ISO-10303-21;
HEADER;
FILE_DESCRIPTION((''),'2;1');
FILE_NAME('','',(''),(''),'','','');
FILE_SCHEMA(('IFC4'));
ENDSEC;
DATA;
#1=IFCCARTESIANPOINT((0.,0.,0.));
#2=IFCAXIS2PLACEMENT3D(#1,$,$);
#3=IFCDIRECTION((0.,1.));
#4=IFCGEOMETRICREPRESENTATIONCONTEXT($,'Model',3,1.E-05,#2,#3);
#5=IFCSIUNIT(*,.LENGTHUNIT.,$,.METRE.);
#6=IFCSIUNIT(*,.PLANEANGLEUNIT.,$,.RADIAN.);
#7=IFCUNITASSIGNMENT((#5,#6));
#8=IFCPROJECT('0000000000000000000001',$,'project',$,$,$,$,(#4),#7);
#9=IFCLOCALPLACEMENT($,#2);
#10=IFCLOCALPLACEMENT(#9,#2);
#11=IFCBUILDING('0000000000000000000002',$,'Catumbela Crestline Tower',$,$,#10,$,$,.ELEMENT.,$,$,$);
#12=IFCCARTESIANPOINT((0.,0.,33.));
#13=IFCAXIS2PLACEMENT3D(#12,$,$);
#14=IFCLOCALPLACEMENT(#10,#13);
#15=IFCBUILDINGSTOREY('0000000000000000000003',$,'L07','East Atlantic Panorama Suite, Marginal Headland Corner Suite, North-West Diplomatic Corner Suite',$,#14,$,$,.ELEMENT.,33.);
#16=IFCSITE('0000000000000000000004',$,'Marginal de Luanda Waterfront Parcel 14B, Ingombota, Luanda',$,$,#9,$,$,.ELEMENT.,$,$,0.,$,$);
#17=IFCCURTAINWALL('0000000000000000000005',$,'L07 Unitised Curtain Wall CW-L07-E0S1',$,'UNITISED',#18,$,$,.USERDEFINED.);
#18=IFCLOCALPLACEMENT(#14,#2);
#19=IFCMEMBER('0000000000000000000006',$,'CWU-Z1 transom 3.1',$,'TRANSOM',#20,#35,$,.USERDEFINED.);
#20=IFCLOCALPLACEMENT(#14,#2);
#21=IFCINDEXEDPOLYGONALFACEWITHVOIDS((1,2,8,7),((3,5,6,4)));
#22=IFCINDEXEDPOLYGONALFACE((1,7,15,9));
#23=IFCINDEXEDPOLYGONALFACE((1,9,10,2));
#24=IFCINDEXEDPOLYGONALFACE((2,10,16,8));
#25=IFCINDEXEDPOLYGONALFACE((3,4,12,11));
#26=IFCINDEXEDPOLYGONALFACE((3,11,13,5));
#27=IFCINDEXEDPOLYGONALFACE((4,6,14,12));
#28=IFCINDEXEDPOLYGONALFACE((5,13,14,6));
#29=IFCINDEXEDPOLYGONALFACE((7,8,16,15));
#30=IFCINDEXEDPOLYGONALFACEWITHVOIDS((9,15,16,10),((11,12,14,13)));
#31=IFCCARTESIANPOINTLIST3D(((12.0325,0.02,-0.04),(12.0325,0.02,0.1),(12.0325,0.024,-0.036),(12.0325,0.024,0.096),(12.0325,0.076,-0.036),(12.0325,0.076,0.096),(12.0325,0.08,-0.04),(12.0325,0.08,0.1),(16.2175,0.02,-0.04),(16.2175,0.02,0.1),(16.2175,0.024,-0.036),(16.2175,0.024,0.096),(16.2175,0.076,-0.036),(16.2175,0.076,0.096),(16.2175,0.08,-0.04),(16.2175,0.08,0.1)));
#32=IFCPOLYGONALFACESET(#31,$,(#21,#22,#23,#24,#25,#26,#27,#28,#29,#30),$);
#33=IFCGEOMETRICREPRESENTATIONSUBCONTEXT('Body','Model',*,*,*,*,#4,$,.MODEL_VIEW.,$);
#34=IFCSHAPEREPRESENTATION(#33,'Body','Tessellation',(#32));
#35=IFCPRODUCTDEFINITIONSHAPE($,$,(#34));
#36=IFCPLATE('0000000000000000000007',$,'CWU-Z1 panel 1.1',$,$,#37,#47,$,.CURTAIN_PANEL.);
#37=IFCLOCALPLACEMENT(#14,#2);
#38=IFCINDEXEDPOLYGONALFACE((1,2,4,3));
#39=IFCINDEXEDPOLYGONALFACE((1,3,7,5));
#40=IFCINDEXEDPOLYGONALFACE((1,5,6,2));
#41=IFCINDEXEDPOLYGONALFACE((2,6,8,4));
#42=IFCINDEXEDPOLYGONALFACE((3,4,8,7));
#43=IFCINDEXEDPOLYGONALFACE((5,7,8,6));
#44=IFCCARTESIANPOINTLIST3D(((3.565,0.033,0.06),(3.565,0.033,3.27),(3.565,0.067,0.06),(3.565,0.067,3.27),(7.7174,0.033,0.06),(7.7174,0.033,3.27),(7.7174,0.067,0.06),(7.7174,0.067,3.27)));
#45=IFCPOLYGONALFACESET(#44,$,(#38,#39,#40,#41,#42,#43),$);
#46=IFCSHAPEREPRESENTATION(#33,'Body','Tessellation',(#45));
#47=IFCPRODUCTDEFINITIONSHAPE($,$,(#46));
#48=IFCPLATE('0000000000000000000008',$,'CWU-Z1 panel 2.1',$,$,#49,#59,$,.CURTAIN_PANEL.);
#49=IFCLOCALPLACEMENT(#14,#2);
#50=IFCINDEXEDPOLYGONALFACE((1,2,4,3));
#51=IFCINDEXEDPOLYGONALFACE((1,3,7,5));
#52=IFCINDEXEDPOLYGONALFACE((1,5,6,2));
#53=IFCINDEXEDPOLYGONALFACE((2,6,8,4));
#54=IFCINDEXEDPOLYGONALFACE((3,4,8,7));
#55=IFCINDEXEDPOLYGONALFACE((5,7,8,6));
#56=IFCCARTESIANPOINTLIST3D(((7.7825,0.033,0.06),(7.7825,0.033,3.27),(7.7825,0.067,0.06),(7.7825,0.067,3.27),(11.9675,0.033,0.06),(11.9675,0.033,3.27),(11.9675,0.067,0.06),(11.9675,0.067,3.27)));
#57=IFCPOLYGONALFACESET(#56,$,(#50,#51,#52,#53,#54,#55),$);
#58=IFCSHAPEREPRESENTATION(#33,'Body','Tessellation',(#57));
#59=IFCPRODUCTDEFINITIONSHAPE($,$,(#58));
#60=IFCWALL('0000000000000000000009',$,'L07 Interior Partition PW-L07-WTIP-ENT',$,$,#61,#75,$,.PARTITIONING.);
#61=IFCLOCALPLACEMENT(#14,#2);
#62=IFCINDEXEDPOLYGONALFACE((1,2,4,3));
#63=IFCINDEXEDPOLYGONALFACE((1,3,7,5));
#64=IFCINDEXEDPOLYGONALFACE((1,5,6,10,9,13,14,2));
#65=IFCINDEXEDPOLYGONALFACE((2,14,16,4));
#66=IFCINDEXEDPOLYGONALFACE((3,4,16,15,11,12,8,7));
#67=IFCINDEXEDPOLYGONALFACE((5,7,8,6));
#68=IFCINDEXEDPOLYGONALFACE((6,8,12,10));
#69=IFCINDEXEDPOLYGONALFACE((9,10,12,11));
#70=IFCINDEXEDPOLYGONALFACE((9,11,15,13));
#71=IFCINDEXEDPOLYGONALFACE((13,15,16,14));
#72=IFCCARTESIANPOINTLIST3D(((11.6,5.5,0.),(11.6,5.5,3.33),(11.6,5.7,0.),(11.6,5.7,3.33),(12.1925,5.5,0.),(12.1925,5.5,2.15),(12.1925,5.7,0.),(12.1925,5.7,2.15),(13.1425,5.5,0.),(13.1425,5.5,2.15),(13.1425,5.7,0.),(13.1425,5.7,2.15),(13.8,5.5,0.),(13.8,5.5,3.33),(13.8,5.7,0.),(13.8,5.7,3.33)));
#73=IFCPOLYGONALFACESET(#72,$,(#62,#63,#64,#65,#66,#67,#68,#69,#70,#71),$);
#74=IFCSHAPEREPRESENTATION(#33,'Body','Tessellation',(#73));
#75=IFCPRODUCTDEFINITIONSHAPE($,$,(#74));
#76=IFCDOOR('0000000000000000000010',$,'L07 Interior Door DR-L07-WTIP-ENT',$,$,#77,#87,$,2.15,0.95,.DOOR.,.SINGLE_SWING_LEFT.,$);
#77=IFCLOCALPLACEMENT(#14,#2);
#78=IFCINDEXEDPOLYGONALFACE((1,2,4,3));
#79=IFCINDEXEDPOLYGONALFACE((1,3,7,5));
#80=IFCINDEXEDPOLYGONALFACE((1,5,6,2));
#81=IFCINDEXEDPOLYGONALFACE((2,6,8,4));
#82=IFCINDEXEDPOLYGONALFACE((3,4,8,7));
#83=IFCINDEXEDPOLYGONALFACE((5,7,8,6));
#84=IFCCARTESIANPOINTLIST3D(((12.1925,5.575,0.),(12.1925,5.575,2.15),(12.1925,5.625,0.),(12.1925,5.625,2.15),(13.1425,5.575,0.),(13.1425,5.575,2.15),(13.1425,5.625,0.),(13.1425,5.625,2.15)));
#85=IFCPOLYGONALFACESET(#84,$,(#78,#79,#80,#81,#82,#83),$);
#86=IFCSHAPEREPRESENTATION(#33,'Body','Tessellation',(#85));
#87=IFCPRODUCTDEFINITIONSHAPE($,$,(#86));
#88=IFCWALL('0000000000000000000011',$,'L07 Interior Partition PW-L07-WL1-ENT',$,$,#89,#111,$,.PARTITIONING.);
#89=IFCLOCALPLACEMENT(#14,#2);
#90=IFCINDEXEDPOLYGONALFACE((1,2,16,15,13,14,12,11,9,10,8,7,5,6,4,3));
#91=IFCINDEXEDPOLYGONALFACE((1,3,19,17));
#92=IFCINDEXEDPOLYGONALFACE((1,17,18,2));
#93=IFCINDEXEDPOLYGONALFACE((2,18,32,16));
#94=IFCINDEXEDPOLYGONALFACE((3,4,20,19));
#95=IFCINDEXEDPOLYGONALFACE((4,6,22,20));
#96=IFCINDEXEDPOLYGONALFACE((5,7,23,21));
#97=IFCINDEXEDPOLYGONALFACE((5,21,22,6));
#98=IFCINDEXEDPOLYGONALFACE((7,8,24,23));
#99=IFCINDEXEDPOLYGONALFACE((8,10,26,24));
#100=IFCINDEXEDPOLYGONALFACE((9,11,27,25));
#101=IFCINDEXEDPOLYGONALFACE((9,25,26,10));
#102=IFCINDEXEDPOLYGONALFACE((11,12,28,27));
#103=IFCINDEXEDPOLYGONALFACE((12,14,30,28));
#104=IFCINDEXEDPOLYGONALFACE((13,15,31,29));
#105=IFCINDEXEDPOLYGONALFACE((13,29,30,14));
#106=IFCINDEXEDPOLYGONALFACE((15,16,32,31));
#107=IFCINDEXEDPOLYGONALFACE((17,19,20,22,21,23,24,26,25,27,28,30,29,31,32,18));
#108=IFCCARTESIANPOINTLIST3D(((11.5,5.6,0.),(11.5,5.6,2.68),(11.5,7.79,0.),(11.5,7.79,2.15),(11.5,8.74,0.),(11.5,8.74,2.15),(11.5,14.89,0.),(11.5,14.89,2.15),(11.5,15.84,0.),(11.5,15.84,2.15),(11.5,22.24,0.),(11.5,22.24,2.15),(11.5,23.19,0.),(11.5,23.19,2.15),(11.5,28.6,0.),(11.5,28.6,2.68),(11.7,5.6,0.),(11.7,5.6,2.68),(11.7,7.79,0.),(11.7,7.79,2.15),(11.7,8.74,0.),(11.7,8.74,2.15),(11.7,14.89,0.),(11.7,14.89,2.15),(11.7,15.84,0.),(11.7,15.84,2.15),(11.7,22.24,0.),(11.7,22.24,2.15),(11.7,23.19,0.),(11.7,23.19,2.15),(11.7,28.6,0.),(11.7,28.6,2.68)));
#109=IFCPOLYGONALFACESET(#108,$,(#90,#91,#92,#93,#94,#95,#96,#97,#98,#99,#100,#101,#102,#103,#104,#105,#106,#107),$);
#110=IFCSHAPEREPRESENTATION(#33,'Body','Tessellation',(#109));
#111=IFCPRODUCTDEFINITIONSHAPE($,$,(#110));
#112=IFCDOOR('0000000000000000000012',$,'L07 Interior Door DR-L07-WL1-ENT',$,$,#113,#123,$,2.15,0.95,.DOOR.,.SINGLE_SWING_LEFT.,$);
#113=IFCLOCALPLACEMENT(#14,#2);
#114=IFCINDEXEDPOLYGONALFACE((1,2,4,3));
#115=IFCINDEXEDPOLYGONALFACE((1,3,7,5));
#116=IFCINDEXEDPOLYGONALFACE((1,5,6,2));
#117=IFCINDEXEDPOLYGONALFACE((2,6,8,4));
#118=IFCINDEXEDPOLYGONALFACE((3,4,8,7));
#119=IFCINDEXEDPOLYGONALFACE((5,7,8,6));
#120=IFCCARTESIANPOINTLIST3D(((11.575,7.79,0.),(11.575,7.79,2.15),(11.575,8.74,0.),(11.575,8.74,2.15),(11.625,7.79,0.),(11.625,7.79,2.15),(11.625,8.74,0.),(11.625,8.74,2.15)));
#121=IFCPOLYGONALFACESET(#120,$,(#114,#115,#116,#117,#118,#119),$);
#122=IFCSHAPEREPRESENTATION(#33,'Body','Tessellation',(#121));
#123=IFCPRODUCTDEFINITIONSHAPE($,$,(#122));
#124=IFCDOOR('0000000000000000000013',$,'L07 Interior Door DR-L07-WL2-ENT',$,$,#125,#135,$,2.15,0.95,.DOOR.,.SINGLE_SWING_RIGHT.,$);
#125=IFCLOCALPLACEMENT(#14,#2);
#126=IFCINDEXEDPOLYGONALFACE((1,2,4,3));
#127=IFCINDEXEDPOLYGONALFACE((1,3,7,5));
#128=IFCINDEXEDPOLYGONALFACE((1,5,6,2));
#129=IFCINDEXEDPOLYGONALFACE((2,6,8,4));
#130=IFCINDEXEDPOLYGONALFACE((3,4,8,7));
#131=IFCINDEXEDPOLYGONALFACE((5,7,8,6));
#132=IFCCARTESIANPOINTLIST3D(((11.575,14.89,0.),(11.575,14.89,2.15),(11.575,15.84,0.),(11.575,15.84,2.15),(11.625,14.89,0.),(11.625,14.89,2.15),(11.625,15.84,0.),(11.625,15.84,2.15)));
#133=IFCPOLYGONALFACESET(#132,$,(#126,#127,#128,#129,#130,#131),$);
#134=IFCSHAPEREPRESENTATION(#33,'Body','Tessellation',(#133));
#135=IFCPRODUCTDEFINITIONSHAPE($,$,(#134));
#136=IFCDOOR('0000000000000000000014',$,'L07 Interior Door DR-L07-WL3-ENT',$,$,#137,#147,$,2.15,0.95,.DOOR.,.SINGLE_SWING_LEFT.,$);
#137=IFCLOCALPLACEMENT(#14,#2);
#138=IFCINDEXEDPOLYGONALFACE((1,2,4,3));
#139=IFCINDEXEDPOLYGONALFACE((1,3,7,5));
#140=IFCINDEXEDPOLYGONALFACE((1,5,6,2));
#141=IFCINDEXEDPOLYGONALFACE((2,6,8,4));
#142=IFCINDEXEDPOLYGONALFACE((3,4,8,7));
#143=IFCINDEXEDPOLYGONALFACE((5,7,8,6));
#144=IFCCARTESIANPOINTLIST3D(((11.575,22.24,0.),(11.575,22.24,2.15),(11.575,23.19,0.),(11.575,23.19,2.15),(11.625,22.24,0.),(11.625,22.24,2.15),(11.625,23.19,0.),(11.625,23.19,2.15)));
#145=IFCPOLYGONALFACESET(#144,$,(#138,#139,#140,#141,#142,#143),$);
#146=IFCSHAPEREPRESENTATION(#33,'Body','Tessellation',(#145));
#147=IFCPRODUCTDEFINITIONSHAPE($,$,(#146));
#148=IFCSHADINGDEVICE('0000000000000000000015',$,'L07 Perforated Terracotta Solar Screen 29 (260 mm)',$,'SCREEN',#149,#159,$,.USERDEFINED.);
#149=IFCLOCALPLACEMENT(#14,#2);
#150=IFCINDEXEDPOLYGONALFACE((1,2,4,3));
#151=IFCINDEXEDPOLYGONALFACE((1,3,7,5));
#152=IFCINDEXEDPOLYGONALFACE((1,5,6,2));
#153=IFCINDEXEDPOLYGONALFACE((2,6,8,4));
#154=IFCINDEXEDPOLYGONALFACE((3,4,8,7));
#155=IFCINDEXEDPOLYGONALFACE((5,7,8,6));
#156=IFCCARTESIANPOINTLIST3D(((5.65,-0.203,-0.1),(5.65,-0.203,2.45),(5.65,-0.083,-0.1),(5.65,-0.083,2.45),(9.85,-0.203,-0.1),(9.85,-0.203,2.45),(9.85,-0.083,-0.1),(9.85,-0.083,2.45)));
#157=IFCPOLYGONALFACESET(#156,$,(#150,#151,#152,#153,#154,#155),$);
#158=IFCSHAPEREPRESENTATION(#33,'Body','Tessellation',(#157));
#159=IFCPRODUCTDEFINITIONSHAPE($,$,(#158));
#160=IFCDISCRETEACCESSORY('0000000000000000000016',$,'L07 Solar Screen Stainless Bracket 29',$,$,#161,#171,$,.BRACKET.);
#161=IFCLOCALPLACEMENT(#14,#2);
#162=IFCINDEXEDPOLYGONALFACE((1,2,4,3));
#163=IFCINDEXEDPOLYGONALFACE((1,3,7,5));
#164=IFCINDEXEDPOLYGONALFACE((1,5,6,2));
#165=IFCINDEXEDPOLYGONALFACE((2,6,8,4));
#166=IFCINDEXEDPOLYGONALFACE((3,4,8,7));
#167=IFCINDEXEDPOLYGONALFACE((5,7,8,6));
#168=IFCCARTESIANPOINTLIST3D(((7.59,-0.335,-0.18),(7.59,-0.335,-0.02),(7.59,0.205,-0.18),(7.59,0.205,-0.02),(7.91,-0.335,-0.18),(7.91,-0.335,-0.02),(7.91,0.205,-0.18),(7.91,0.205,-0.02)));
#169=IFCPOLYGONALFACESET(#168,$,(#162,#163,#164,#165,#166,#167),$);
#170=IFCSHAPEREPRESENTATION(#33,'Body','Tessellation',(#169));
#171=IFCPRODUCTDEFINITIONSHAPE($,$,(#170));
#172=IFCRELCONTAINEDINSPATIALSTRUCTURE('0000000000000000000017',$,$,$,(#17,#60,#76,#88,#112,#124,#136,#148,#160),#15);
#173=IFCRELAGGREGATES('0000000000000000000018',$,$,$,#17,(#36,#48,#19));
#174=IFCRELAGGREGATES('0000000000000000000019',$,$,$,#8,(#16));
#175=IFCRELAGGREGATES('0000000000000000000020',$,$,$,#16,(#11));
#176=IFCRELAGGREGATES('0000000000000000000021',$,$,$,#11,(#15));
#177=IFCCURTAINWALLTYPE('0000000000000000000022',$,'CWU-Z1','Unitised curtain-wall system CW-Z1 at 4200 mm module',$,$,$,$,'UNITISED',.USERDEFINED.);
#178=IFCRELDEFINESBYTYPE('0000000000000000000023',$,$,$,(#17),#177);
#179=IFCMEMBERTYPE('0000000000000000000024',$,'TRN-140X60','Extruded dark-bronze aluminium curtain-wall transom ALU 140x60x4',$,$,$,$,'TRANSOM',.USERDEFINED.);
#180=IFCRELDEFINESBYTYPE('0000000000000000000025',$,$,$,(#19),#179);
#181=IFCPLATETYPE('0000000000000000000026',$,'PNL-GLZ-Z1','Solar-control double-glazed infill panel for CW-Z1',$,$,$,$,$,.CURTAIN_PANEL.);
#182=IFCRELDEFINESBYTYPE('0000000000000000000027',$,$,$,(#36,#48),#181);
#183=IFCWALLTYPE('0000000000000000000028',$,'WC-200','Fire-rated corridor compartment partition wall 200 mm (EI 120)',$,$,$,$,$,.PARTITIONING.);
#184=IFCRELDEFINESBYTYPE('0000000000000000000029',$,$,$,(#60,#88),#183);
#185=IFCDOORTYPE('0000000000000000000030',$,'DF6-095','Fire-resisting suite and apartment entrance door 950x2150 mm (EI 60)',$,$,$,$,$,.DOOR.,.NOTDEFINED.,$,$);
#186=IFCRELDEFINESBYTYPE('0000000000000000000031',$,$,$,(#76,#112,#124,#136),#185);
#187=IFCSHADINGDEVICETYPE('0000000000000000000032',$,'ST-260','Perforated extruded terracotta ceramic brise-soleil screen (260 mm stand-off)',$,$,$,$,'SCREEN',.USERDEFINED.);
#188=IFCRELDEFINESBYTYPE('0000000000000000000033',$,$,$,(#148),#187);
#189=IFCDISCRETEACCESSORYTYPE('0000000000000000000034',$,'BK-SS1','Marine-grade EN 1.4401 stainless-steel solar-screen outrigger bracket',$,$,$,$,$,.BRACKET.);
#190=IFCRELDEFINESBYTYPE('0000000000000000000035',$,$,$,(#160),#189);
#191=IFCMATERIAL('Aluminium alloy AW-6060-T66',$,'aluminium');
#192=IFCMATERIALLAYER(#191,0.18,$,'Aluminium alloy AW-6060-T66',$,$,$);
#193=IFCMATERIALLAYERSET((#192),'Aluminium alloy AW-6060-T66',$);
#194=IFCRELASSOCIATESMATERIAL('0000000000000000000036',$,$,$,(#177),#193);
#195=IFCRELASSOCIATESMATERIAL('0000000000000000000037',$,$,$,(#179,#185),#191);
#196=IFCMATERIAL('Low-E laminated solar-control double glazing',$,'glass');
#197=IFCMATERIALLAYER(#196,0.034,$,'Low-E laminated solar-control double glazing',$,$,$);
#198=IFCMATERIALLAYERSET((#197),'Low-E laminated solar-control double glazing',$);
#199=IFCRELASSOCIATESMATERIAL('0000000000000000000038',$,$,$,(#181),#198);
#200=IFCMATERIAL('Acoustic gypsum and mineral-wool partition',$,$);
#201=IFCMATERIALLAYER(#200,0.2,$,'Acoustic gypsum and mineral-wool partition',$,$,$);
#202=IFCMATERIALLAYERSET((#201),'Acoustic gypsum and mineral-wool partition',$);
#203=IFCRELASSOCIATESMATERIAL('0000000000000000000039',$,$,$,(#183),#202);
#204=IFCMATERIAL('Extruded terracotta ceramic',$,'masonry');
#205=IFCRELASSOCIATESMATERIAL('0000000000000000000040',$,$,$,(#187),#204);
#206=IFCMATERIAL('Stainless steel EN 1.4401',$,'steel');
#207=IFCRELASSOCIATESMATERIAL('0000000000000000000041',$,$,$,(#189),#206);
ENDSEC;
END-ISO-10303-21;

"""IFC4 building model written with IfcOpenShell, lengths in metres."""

from ifc_helpers import new_model, si_unit, direction, frame, frame_2d, origin, origin_2d, place, context, subcontext, project, spatial, rectangle, hollow_rectangle, extrude, material, layer, layer_set, material_profile, profile_set, type_object, element, fill, aggregate, save


model = new_model("IFC4")

# Units and contexts
model_context = context("Model", 3, precision=1e-05, world=origin(), true_north=direction((0.0, 1.0)))
body_context = subcontext(model_context, "Body", "Model", "MODEL_VIEW")
ifc_project = project(units=[si_unit("LENGTHUNIT", "METRE"), si_unit("PLANEANGLEUNIT", "RADIAN")], contexts=[model_context])

# Site, building, storey
site_placement = place(None, origin())
site = spatial("IfcSite", under=ifc_project, at=site_placement, Name="Marginal de Luanda Waterfront Parcel 14B, Ingombota, Luanda", CompositionType="ELEMENT", RefElevation=0.0)
building_placement = place(site_placement, origin())
building = spatial("IfcBuilding", under=site, at=building_placement, Name="Catumbela Crestline Tower", CompositionType="ELEMENT")
storey_placement = place(building_placement, frame((0.0, 0.0, 33.0)))
storey = spatial("IfcBuildingStorey", under=building, at=storey_placement, Name="L07", Description="East Atlantic Panorama Suite, Marginal Headland Corner Suite, North-West Diplomatic Corner Suite", CompositionType="ELEMENT", Elevation=33.0)

# Curtain wall, member, plates
ifc_material_1 = material(Name="Aluminium alloy AW-6060-T66", Category="aluminium")
ifc_layer_1 = layer(ifc_material_1, 0.18, Name="Aluminium alloy AW-6060-T66")
ifc_layer_set_1 = layer_set([ifc_layer_1], Name="Aluminium alloy AW-6060-T66")
curtain_wall_type = type_object("IfcCurtainWallType", Name="CWU-Z1", Description="Unitised curtain-wall system CW-Z1 at 4200 mm module", ElementType="UNITISED", PredefinedType="USERDEFINED", material=ifc_layer_set_1)
curtain_wall_placement = place(storey_placement, origin())
curtain_wall = element("IfcCurtainWall", 1, at=curtain_wall_placement, inside=storey, type_object=curtain_wall_type, Name="L07 Unitised Curtain Wall CW-L07-E0S1", ObjectType="UNITISED", PredefinedType="USERDEFINED")
ifc_material_profile_1 = material_profile(ifc_material_1, hollow_rectangle(XDim=0.06, YDim=0.14, WallThickness=0.004, at=origin_2d()), Name="ALU 140x60x4")
ifc_profile_set_1 = profile_set([ifc_material_profile_1], Name="Aluminium alloy AW-6060-T66")
member_type_1 = type_object("IfcMemberType", Name="TRN-140X60", Description="Extruded dark-bronze aluminium curtain-wall transom ALU 140x60x4", ElementType="TRANSOM", PredefinedType="USERDEFINED", material=ifc_profile_set_1)
member_1_placement = place(storey_placement, frame((12.0325, 0.05, 0.03), z_axis=(1.0, 0.0, 0.0), x_axis=(0.0, 1.0, 0.0)))
member_1 = element("IfcMember", 2, at=member_1_placement, type_object=member_type_1, Name="CWU-Z1 transom 3.1", ObjectType="TRANSOM", PredefinedType="USERDEFINED", context=body_context, shape_type="SweptSolid", body=[
    extrude(hollow_rectangle(XDim=0.06, YDim=0.14, WallThickness=0.004, at=origin_2d()), origin(), (0.0, 0.0, 1.0), 4.185),
])
ifc_material_2 = material(Name="Low-E laminated solar-control double glazing", Category="glass")
ifc_layer_2 = layer(ifc_material_2, 0.034, Name="Low-E laminated solar-control double glazing")
ifc_layer_set_2 = layer_set([ifc_layer_2], Name="Low-E laminated solar-control double glazing")
plate_type = type_object("IfcPlateType", Name="PNL-GLZ-Z1", Description="Solar-control double-glazed infill panel for CW-Z1", PredefinedType="CURTAIN_PANEL", material=ifc_layer_set_2)
plate_1_placement = place(storey_placement, frame((5.6412, 0.05, 0.06), z_axis=(0.0, 0.0, 1.0), x_axis=(1.0, 0.0, 0.0)))
plate_1 = element("IfcPlate", 3, at=plate_1_placement, type_object=plate_type, Name="CWU-Z1 panel 1.1", PredefinedType="CURTAIN_PANEL", context=body_context, shape_type="SweptSolid", body=[
    extrude(rectangle(XDim=4.1525, YDim=0.034, at=origin_2d()), origin(), (0.0, 0.0, 1.0), 3.21),
])
plate_2_placement = place(storey_placement, frame((9.875, 0.05, 0.06), z_axis=(0.0, 0.0, 1.0), x_axis=(1.0, 0.0, 0.0)))
plate_2 = element("IfcPlate", 4, at=plate_2_placement, type_object=plate_type, Name="CWU-Z1 panel 2.1", PredefinedType="CURTAIN_PANEL", context=body_context, shape_type="SweptSolid", body=[
    extrude(rectangle(XDim=4.185, YDim=0.034, at=origin_2d()), origin(), (0.0, 0.0, 1.0), 3.21),
])
aggregate(curtain_wall, [plate_1, plate_2, member_1])

# Wall, opening, door
ifc_material_3 = material(Name="Acoustic gypsum and mineral-wool partition")
ifc_layer_3 = layer(ifc_material_3, 0.2, Name="Acoustic gypsum and mineral-wool partition")
ifc_layer_set_3 = layer_set([ifc_layer_3], Name="Acoustic gypsum and mineral-wool partition")
wall_type = type_object("IfcWallType", Name="WC-200", Description="Fire-rated corridor compartment partition wall 200 mm (EI 120)", PredefinedType="PARTITIONING", material=ifc_layer_set_3)
wall_1_placement = place(storey_placement, frame((11.6, 5.6, 0.0), z_axis=(0.0, 0.0, 1.0), x_axis=(1.0, 0.0, 0.0)))
wall_1 = element("IfcWall", 5, at=wall_1_placement, inside=storey, type_object=wall_type, Name="L07 Interior Partition PW-L07-WTIP-ENT", PredefinedType="PARTITIONING", context=body_context, shape_type="SweptSolid", body=[
    extrude(rectangle(XDim=2.2, YDim=0.2, at=frame_2d((1.1, 0.0))), origin(), (0.0, 0.0, 1.0), 3.33),
])
opening_1_placement = place(wall_1_placement, frame((0.5925, 0.0, 0.0)))
opening_1 = element("IfcOpeningElement", 6, at=opening_1_placement, cuts=wall_1, PredefinedType="OPENING", context=body_context, shape_type="SweptSolid", body=[
    extrude(rectangle(XDim=0.95, YDim=2.15, at=frame_2d((0.475, 1.075))), frame((0.0, 0.11, 0.0), z_axis=(0.0, -1.0, 0.0), x_axis=(1.0, 0.0, 0.0)), (0.0, 0.0, 1.0), 0.22),
])
door_type = type_object("IfcDoorType", Name="DF6-095", Description="Fire-resisting suite and apartment entrance door 950x2150 mm (EI 60)", OperationType="NOTDEFINED", PredefinedType="DOOR", material=ifc_material_1)
door_1_placement = place(opening_1_placement, origin())
door_1 = element("IfcDoor", 7, at=door_1_placement, inside=storey, type_object=door_type, Name="L07 Interior Door DR-L07-WTIP-ENT", OperationType="SINGLE_SWING_LEFT", OverallHeight=2.15, OverallWidth=0.95, PredefinedType="DOOR", context=body_context, shape_type="SweptSolid", body=[
    extrude(rectangle(XDim=0.95, YDim=2.15, at=frame_2d((0.475, 1.075))), frame((0.0, 0.025, 0.0), z_axis=(0.0, -1.0, 0.0), x_axis=(1.0, 0.0, 0.0)), (0.0, 0.0, 1.0), 0.05),
])
fill(opening_1, door_1)

# Wall, openings, doors
wall_2_placement = place(storey_placement, frame((11.6, 5.6, 0.0), z_axis=(0.0, 0.0, 1.0), x_axis=(0.0, 1.0, 0.0)))
wall_2 = element("IfcWall", 8, at=wall_2_placement, inside=storey, type_object=wall_type, Name="L07 Interior Partition PW-L07-WL1-ENT", PredefinedType="PARTITIONING", context=body_context, shape_type="SweptSolid", body=[
    extrude(rectangle(XDim=23.0, YDim=0.2, at=frame_2d((11.5, 0.0))), origin(), (0.0, 0.0, 1.0), 2.68),
])
opening_2_placement = place(wall_2_placement, frame((2.19, 0.0, 0.0)))
opening_2 = element("IfcOpeningElement", 9, at=opening_2_placement, cuts=wall_2, PredefinedType="OPENING", context=body_context, shape_type="SweptSolid", body=[
    extrude(rectangle(XDim=0.95, YDim=2.15, at=frame_2d((0.475, 1.075))), frame((0.0, 0.11, 0.0), z_axis=(0.0, -1.0, 0.0), x_axis=(1.0, 0.0, 0.0)), (0.0, 0.0, 1.0), 0.22),
])
opening_3_placement = place(wall_2_placement, frame((9.29, 0.0, 0.0)))
opening_3 = element("IfcOpeningElement", 10, at=opening_3_placement, cuts=wall_2, PredefinedType="OPENING", context=body_context, shape_type="SweptSolid", body=[
    extrude(rectangle(XDim=0.95, YDim=2.15, at=frame_2d((0.475, 1.075))), frame((0.0, 0.11, 0.0), z_axis=(0.0, -1.0, 0.0), x_axis=(1.0, 0.0, 0.0)), (0.0, 0.0, 1.0), 0.22),
])
opening_4_placement = place(wall_2_placement, frame((16.64, 0.0, 0.0)))
opening_4 = element("IfcOpeningElement", 11, at=opening_4_placement, cuts=wall_2, PredefinedType="OPENING", context=body_context, shape_type="SweptSolid", body=[
    extrude(rectangle(XDim=0.95, YDim=2.15, at=frame_2d((0.475, 1.075))), frame((0.0, 0.11, 0.0), z_axis=(0.0, -1.0, 0.0), x_axis=(1.0, 0.0, 0.0)), (0.0, 0.0, 1.0), 0.22),
])
door_2_placement = place(opening_2_placement, origin())
door_2 = element("IfcDoor", 12, at=door_2_placement, inside=storey, type_object=door_type, Name="L07 Interior Door DR-L07-WL1-ENT", OperationType="SINGLE_SWING_LEFT", OverallHeight=2.15, OverallWidth=0.95, PredefinedType="DOOR", context=body_context, shape_type="SweptSolid", body=[
    extrude(rectangle(XDim=0.95, YDim=2.15, at=frame_2d((0.475, 1.075))), frame((0.0, 0.025, 0.0), z_axis=(0.0, -1.0, 0.0), x_axis=(1.0, 0.0, 0.0)), (0.0, 0.0, 1.0), 0.05),
])
fill(opening_2, door_2)
door_3_placement = place(opening_3_placement, origin())
door_3 = element("IfcDoor", 13, at=door_3_placement, inside=storey, type_object=door_type, Name="L07 Interior Door DR-L07-WL2-ENT", OperationType="SINGLE_SWING_RIGHT", OverallHeight=2.15, OverallWidth=0.95, PredefinedType="DOOR", context=body_context, shape_type="SweptSolid", body=[
    extrude(rectangle(XDim=0.95, YDim=2.15, at=frame_2d((0.475, 1.075))), frame((0.0, 0.025, 0.0), z_axis=(0.0, -1.0, 0.0), x_axis=(1.0, 0.0, 0.0)), (0.0, 0.0, 1.0), 0.05),
])
fill(opening_3, door_3)
door_4_placement = place(opening_4_placement, origin())
door_4 = element("IfcDoor", 14, at=door_4_placement, inside=storey, type_object=door_type, Name="L07 Interior Door DR-L07-WL3-ENT", OperationType="SINGLE_SWING_LEFT", OverallHeight=2.15, OverallWidth=0.95, PredefinedType="DOOR", context=body_context, shape_type="SweptSolid", body=[
    extrude(rectangle(XDim=0.95, YDim=2.15, at=frame_2d((0.475, 1.075))), frame((0.0, 0.025, 0.0), z_axis=(0.0, -1.0, 0.0), x_axis=(1.0, 0.0, 0.0)), (0.0, 0.0, 1.0), 0.05),
])
fill(opening_4, door_4)

# Shading device
ifc_material_4 = material(Name="Extruded terracotta ceramic", Category="masonry")
shading_device_type = type_object("IfcShadingDeviceType", Name="ST-260", Description="Perforated extruded terracotta ceramic brise-soleil screen (260 mm stand-off)", ElementType="SCREEN", PredefinedType="USERDEFINED", material=ifc_material_4)
shading_device_placement = place(storey_placement, frame((7.75, -0.143, -0.1), z_axis=(0.0, 0.0, 1.0), x_axis=(1.0, 0.0, 0.0)))
element("IfcShadingDevice", 15, at=shading_device_placement, inside=storey, type_object=shading_device_type, Name="L07 Perforated Terracotta Solar Screen 29 (260 mm)", ObjectType="SCREEN", PredefinedType="USERDEFINED", context=body_context, shape_type="SweptSolid", body=[
    extrude(rectangle(XDim=4.2, YDim=0.12, at=origin_2d()), origin(), (0.0, 0.0, 1.0), 2.55),
])

# Discrete accessory
ifc_material_5 = material(Name="Stainless steel EN 1.4401", Category="steel")
discrete_accessory_type = type_object("IfcDiscreteAccessoryType", Name="BK-SS1", Description="Marine-grade EN 1.4401 stainless-steel solar-screen outrigger bracket", PredefinedType="BRACKET", material=ifc_material_5)
discrete_accessory_placement = place(storey_placement, frame((7.75, -0.065, -0.18), z_axis=(0.0, 0.0, 1.0), x_axis=(1.0, 0.0, 0.0)))
element("IfcDiscreteAccessory", 16, at=discrete_accessory_placement, inside=storey, type_object=discrete_accessory_type, Name="L07 Solar Screen Stainless Bracket 29", PredefinedType="BRACKET", context=body_context, shape_type="SweptSolid", body=[
    extrude(rectangle(XDim=0.32, YDim=0.54, at=origin_2d()), origin(), (0.0, 0.0, 1.0), 0.16),
])

save(model, "model.ifc")
